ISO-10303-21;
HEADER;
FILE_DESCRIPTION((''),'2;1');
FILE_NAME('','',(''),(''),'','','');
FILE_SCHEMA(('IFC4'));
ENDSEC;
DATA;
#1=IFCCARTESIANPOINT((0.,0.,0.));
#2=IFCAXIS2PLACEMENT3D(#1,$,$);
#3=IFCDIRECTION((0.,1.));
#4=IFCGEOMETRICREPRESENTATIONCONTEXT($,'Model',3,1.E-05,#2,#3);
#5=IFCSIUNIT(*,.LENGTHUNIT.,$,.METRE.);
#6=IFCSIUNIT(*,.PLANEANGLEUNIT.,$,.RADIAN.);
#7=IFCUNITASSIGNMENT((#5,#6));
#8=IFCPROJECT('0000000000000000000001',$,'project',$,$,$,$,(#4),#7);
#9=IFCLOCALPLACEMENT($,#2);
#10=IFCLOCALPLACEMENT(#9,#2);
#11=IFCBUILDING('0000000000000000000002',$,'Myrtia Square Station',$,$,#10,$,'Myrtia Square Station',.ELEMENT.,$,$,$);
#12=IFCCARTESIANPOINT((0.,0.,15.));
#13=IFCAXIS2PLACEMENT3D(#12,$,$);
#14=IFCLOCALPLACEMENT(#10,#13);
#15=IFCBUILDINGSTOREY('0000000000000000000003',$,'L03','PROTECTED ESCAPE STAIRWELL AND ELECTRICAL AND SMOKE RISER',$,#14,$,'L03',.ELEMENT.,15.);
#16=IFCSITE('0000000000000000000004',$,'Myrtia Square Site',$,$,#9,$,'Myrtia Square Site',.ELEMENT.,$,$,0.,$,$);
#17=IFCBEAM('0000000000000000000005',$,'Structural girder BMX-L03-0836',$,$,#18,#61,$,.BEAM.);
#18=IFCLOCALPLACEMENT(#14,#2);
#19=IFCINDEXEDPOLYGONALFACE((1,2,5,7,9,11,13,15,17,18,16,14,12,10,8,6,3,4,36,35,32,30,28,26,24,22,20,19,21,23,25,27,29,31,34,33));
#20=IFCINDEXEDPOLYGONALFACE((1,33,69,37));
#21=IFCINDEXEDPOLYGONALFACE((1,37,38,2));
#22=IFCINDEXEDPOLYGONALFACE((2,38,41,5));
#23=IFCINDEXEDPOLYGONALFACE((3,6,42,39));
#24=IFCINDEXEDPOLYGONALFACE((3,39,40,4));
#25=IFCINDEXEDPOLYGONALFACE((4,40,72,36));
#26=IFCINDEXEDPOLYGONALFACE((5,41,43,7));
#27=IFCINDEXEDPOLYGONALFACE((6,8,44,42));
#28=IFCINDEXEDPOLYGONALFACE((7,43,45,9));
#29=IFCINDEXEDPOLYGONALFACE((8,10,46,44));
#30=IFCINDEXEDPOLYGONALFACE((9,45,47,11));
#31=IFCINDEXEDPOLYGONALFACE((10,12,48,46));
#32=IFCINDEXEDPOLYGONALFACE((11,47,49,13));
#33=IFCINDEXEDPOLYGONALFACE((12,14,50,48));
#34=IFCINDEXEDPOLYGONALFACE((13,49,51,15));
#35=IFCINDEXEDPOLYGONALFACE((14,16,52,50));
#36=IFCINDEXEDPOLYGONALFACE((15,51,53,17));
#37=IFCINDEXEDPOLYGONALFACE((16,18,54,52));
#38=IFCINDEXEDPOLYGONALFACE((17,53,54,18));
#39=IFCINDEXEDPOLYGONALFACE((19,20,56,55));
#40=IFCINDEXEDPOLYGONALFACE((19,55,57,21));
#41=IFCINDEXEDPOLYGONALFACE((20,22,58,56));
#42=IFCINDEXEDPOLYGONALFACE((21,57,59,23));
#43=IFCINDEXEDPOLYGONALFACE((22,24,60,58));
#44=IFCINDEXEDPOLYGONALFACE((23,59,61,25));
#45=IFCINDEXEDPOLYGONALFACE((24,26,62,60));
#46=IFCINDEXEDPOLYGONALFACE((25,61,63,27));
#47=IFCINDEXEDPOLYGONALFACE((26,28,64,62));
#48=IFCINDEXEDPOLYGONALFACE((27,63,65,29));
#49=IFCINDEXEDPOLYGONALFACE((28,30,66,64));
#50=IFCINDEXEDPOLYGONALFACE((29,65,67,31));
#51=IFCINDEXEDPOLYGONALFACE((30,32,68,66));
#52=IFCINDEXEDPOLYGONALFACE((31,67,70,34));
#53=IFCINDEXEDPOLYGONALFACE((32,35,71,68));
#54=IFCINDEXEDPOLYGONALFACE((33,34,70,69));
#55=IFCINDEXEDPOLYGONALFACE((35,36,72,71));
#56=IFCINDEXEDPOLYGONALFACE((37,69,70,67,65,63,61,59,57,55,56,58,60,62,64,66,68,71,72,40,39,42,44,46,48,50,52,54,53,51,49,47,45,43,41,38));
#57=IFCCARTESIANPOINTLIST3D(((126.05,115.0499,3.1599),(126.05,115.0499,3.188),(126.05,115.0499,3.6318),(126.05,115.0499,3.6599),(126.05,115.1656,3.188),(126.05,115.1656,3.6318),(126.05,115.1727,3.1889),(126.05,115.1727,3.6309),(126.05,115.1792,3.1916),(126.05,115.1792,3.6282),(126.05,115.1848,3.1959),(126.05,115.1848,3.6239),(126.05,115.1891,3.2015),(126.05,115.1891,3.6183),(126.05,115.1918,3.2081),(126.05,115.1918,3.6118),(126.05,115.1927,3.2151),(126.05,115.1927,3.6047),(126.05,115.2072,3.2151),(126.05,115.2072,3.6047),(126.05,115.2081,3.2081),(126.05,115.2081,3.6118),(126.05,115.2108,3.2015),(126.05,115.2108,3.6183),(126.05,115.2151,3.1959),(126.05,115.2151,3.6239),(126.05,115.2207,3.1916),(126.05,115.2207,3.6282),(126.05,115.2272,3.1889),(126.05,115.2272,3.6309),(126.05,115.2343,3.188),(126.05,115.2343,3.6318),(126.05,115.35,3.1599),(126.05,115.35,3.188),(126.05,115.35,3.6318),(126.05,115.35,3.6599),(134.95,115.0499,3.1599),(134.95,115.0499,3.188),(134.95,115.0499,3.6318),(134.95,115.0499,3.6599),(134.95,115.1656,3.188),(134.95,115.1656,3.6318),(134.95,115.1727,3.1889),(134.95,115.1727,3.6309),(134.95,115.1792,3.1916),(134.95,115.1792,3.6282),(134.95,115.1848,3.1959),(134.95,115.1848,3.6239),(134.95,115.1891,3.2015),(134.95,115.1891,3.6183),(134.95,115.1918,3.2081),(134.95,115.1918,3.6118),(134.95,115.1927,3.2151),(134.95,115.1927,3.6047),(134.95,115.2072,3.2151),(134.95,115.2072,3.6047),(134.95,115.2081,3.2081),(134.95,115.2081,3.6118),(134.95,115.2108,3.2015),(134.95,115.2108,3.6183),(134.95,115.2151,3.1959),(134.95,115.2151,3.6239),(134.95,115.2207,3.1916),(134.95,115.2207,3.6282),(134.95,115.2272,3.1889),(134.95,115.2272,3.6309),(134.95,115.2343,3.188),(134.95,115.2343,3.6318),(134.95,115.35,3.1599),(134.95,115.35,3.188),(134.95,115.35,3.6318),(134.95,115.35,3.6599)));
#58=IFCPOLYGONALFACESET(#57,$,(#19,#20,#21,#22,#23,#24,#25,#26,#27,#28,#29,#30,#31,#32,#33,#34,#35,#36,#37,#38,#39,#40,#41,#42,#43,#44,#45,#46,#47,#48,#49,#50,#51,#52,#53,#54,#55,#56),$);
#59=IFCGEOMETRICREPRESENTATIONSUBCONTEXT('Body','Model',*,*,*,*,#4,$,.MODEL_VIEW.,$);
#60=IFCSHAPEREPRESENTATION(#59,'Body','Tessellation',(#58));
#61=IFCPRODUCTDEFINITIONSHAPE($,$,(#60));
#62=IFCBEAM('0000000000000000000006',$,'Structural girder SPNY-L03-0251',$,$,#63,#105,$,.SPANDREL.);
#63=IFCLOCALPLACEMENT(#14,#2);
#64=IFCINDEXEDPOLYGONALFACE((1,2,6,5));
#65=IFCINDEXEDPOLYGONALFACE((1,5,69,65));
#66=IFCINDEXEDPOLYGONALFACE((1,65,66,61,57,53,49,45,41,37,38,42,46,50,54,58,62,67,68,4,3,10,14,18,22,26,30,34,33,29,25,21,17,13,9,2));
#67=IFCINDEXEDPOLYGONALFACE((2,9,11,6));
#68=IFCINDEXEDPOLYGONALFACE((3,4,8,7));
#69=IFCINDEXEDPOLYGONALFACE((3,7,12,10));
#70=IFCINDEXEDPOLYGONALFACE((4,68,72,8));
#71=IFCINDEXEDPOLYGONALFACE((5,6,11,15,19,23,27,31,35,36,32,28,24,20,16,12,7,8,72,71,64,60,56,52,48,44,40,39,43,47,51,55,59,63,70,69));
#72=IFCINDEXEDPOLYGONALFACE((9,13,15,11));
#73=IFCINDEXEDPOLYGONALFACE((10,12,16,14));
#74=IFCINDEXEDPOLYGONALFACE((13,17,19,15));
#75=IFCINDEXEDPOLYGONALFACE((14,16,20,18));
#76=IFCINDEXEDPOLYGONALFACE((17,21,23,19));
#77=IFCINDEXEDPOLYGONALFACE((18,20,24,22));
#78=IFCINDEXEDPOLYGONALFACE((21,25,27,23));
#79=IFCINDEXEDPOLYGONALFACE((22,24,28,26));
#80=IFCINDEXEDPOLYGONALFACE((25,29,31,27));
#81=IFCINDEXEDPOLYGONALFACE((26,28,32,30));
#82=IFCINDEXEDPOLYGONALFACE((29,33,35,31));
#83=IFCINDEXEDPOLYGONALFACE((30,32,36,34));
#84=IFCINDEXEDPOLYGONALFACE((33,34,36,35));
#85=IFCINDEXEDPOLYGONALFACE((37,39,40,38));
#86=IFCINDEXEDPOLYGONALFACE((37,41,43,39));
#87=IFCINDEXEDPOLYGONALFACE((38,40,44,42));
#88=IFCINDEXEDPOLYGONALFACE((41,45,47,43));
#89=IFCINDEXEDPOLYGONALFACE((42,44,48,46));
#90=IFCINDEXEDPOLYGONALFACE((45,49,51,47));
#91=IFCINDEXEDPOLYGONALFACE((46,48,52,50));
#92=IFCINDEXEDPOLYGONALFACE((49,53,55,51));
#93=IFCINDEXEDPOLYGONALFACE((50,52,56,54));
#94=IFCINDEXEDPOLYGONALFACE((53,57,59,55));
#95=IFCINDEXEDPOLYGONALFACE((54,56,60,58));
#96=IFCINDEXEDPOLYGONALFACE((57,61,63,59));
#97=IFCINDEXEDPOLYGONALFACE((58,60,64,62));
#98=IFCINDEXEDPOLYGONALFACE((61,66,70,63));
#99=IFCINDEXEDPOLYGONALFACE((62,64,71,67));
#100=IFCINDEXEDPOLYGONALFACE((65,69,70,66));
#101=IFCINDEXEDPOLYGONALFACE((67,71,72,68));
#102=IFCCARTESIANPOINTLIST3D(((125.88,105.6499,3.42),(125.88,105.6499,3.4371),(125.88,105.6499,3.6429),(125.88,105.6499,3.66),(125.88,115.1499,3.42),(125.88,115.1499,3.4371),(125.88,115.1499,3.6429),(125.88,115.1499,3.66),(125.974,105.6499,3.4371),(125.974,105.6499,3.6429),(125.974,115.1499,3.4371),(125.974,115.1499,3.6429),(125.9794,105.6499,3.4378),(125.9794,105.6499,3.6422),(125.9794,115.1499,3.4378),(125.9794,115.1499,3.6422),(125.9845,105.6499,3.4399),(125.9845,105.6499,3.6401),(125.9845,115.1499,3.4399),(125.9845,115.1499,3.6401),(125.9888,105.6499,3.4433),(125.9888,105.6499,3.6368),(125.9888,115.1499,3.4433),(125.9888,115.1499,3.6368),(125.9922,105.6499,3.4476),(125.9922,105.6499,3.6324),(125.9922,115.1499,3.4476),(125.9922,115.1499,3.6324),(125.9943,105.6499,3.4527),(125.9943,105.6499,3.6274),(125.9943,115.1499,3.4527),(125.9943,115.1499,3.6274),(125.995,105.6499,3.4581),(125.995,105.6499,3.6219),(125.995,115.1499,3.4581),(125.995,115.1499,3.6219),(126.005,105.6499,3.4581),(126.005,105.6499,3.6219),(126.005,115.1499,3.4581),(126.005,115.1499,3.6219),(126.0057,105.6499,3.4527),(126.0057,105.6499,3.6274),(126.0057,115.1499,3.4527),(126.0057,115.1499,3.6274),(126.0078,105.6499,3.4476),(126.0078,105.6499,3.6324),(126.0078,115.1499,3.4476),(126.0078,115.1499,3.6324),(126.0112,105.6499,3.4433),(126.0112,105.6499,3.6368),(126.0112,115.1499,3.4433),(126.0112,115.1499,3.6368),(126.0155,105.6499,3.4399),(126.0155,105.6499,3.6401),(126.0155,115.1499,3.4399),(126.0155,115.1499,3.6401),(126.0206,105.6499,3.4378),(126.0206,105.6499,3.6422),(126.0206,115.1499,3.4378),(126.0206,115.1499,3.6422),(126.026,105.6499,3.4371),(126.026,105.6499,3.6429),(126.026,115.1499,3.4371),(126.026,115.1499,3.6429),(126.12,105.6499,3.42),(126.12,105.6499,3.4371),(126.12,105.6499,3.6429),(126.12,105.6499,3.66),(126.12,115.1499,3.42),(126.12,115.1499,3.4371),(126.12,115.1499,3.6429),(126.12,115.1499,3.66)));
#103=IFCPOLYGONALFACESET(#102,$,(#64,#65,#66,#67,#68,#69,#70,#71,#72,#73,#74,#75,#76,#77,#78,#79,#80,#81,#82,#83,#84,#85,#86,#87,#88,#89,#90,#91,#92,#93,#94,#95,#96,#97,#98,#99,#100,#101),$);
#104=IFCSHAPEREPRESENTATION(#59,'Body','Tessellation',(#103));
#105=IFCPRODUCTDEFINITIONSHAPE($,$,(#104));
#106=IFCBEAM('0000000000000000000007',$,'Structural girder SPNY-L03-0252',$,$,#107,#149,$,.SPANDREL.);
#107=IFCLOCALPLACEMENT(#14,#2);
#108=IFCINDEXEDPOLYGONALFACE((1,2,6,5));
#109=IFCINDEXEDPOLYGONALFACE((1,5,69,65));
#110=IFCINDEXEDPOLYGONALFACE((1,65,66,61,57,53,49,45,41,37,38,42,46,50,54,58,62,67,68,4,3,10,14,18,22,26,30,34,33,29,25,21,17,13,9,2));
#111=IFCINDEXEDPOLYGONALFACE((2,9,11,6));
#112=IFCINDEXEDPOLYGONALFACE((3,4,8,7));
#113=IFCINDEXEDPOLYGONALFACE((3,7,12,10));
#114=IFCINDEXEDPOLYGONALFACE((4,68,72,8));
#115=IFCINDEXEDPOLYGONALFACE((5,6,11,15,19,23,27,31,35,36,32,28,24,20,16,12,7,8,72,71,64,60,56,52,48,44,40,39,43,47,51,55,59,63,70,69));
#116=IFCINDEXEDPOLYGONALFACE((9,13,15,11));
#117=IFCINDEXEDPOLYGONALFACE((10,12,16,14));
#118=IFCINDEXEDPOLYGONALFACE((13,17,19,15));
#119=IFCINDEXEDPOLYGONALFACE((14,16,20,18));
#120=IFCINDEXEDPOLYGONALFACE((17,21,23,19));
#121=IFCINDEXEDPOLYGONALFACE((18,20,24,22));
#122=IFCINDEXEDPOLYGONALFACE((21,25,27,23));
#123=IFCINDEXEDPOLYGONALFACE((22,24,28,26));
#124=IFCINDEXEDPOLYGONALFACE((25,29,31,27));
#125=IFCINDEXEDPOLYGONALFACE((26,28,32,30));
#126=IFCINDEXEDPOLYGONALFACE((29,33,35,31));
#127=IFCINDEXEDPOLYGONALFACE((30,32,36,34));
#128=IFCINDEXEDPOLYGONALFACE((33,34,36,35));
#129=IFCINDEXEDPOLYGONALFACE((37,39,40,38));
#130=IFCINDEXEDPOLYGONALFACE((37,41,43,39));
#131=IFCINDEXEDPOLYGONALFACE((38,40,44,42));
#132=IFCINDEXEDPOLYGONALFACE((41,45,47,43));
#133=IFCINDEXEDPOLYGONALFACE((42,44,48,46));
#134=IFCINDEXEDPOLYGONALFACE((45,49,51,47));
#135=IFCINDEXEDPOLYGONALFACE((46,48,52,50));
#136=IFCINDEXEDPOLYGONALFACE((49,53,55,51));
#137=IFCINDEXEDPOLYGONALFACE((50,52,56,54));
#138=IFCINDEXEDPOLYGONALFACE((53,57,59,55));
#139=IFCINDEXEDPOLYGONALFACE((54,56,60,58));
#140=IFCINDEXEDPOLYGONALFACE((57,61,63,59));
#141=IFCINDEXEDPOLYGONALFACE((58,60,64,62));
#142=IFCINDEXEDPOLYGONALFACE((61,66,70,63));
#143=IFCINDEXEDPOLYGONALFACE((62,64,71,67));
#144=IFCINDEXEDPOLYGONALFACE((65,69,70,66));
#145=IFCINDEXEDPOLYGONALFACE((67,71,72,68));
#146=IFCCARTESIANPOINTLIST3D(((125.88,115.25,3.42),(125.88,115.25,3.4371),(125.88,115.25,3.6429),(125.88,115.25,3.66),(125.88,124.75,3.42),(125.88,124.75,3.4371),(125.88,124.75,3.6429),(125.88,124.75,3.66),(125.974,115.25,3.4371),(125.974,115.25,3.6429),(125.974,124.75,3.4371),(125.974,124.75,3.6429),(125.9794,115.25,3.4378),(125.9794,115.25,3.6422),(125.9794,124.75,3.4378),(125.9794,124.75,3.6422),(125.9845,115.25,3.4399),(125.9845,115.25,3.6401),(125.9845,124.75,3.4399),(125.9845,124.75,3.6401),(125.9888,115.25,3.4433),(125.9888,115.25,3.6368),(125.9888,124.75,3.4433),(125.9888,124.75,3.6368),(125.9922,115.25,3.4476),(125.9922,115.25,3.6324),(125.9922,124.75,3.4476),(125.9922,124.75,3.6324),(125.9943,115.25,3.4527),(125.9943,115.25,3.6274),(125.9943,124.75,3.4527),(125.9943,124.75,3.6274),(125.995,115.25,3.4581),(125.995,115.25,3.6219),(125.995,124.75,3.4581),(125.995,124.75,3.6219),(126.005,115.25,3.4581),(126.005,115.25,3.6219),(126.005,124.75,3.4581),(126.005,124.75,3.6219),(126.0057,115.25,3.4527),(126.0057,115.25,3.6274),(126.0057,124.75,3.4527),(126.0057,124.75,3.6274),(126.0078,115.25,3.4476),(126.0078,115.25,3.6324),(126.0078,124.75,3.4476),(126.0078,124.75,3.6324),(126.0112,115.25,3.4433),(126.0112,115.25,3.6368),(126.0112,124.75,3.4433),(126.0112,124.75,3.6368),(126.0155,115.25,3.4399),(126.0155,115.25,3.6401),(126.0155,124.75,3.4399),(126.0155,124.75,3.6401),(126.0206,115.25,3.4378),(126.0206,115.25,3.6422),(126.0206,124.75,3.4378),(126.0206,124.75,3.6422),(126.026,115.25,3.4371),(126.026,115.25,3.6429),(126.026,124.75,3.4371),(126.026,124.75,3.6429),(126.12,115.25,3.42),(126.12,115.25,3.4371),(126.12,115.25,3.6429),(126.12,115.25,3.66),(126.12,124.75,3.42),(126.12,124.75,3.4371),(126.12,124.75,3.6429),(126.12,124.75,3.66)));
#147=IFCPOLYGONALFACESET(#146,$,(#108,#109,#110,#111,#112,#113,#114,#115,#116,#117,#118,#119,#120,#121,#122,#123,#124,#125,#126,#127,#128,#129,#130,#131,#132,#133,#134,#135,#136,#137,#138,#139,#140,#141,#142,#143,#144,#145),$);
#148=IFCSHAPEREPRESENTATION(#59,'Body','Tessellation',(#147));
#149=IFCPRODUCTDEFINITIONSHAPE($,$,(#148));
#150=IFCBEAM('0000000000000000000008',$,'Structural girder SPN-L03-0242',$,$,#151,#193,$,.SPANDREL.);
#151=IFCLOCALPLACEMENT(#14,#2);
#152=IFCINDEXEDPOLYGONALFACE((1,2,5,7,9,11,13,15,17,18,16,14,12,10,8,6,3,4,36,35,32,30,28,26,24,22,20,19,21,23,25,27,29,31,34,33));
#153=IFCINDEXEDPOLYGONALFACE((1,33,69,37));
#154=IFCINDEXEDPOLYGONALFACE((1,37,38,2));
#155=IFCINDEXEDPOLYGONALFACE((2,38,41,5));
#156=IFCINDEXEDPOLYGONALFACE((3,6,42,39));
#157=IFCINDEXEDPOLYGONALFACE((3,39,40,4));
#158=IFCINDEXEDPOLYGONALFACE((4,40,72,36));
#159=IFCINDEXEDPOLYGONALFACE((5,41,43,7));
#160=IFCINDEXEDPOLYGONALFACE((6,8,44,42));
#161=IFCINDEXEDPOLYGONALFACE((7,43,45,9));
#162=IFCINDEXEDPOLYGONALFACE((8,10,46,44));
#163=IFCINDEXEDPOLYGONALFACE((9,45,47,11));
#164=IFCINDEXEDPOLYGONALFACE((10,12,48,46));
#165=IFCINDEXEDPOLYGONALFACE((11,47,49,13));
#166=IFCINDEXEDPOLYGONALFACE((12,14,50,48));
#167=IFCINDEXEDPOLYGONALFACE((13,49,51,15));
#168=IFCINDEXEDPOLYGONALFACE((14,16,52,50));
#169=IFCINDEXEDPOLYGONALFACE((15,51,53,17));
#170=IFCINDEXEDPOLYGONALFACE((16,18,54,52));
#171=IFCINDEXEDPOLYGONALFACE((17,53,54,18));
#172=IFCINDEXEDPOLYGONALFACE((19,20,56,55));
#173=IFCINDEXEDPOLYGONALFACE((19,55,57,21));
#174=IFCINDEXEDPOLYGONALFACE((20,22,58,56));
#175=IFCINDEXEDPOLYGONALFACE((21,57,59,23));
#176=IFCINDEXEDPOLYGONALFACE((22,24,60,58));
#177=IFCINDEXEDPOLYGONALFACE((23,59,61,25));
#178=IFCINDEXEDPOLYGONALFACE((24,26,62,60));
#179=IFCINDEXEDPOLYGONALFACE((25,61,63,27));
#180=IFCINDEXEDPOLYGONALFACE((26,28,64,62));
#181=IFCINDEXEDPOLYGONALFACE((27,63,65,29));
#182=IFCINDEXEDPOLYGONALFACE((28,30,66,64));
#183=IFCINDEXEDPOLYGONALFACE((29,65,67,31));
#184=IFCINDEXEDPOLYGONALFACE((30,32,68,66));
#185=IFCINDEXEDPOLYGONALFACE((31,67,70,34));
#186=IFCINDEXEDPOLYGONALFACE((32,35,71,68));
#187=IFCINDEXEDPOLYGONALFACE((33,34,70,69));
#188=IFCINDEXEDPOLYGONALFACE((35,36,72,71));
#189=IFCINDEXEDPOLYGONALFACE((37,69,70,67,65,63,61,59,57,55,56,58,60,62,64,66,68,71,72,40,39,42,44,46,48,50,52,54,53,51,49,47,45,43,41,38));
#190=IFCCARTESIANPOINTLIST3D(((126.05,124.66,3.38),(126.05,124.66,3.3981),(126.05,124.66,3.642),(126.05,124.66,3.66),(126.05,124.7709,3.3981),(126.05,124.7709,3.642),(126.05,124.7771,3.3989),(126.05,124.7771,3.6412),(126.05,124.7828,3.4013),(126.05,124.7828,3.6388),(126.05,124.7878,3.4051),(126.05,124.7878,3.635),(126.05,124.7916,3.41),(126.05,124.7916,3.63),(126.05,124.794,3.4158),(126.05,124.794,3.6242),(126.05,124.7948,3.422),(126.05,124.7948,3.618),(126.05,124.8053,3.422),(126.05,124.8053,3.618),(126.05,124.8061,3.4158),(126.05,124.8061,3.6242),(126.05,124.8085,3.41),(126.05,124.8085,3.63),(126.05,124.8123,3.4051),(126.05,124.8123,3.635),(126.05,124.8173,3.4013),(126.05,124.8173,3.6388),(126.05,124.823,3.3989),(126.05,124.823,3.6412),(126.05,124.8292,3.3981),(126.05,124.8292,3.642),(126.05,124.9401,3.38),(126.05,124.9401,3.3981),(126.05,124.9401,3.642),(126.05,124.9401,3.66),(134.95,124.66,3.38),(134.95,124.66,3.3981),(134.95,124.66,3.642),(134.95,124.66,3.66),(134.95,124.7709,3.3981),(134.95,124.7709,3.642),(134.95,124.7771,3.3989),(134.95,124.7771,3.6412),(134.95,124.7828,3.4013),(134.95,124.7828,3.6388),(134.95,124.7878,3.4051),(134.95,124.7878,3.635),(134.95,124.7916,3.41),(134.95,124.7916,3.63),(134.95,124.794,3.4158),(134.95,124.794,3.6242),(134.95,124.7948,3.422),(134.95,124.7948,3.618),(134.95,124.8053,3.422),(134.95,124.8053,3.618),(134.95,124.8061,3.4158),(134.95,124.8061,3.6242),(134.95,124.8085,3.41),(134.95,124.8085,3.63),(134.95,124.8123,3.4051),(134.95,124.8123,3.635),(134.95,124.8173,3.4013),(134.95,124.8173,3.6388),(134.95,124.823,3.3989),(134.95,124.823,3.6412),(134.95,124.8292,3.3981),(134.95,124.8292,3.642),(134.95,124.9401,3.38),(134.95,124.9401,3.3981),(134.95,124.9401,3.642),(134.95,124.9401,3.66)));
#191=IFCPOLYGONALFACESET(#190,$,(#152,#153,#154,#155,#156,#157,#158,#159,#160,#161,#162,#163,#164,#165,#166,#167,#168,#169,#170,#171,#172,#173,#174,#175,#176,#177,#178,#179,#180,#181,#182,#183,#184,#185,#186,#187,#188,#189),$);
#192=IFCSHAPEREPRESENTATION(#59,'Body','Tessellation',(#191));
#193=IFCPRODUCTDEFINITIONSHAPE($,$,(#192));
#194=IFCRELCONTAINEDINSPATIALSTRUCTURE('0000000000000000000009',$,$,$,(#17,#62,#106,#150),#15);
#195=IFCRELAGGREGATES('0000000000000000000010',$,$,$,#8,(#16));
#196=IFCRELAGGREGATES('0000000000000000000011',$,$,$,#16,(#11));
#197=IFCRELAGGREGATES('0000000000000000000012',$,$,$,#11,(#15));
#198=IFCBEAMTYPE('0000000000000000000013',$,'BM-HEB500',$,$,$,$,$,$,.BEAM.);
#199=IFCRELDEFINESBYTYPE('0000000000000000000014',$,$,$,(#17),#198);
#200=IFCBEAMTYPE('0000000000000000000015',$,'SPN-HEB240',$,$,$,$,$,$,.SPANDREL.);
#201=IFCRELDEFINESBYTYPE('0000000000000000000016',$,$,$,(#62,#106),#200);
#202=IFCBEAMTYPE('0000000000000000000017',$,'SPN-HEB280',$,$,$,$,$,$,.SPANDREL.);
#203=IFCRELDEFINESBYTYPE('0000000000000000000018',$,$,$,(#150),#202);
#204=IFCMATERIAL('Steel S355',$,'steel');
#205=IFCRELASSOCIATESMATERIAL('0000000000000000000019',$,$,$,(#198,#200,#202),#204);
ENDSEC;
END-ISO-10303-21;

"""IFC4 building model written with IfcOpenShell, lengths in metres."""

from ifc_helpers import new_model, si_unit, direction, frame, origin, origin_2d, place, context, subcontext, project, spatial, i_section, extrude, material, material_profile, profile_set, type_object, element, save


model = new_model("IFC4")

# Units and contexts
model_context = context("Model", 3, precision=1e-05, world=origin(), true_north=direction((0.0, 1.0)))
body_context = subcontext(model_context, "Body", "Model", "MODEL_VIEW")
ifc_project = project(units=[si_unit("LENGTHUNIT", "METRE"), si_unit("PLANEANGLEUNIT", "RADIAN")], contexts=[model_context])

# Site, building, storey
site_placement = place(None, origin())
site = spatial("IfcSite", under=ifc_project, at=site_placement, Name="Myrtia Square Site", LongName="Myrtia Square Site", CompositionType="ELEMENT", RefElevation=0.0)
building_placement = place(site_placement, origin())
building = spatial("IfcBuilding", under=site, at=building_placement, Name="Myrtia Square Station", LongName="Myrtia Square Station", CompositionType="ELEMENT")
storey_placement = place(building_placement, frame((0.0, 0.0, 15.0)))
storey = spatial("IfcBuildingStorey", under=building, at=storey_placement, Name="L03", Description="PROTECTED ESCAPE STAIRWELL AND ELECTRICAL AND SMOKE RISER", LongName="L03", CompositionType="ELEMENT", Elevation=15.0)

# Shared definitions
ifc_material_1 = material(Name="Steel S355", Category="steel")

# Beams
ifc_material_profile_1 = material_profile(ifc_material_1, i_section(OverallWidth=0.3, OverallDepth=0.5, WebThickness=0.0144, FlangeThickness=0.0281, FilletRadius=0.0271, at=origin_2d()), Name="HEB 500")
ifc_profile_set_1 = profile_set([ifc_material_profile_1], Name="Steel S355")
beam_type_1 = type_object("IfcBeamType", Name="BM-HEB500", PredefinedType="BEAM", material=ifc_profile_set_1)
beam_1_placement = place(storey_placement, frame((126.05, 115.2, 3.4099), z_axis=(1.0, 0.0, 0.0), x_axis=(0.0, 1.0, 0.0)))
element("IfcBeam", 1, at=beam_1_placement, inside=storey, type_object=beam_type_1, Name="Structural girder BMX-L03-0836", PredefinedType="BEAM", context=body_context, shape_type="SweptSolid", body=[
    extrude(i_section(OverallWidth=0.3, OverallDepth=0.5, WebThickness=0.0144, FlangeThickness=0.0281, FilletRadius=0.0271, at=origin_2d()), origin(), (0.0, 0.0, 1.0), 8.8999),
])
ifc_material_profile_2 = material_profile(ifc_material_1, i_section(OverallWidth=0.24, OverallDepth=0.24, WebThickness=0.01, FlangeThickness=0.0171, FilletRadius=0.021, at=origin_2d()), Name="HEB 240")
ifc_profile_set_2 = profile_set([ifc_material_profile_2], Name="Steel S355")
beam_type_2 = type_object("IfcBeamType", Name="SPN-HEB240", PredefinedType="SPANDREL", material=ifc_profile_set_2)
for number, where, z_axis, x_axis, name in (
    (2, (126.0, 105.6499, 3.54), (0.0, 1.0, 0.0), (-1.0, 0.0, 0.0), "Structural girder SPNY-L03-0251"),
    (3, (126.0, 115.25, 3.54), (0.0, 1.0, 0.0), (-1.0, 0.0, 0.0), "Structural girder SPNY-L03-0252"),
):
    element("IfcBeam", number, at=place(storey_placement, frame(where, z_axis=z_axis, x_axis=x_axis)), inside=storey, type_object=beam_type_2, Name=name, PredefinedType="SPANDREL", context=body_context, shape_type="SweptSolid", body=[
        extrude(i_section(OverallWidth=0.24, OverallDepth=0.24, WebThickness=0.01, FlangeThickness=0.0171, FilletRadius=0.021, at=origin_2d()), origin(), (0.0, 0.0, 1.0), 9.5),
    ])
ifc_material_profile_3 = material_profile(ifc_material_1, i_section(OverallWidth=0.28, OverallDepth=0.28, WebThickness=0.0105, FlangeThickness=0.0181, FilletRadius=0.0239, at=origin_2d()), Name="HEB 280")
ifc_profile_set_3 = profile_set([ifc_material_profile_3], Name="Steel S355")
beam_type_3 = type_object("IfcBeamType", Name="SPN-HEB280", PredefinedType="SPANDREL", material=ifc_profile_set_3)
beam_2_placement = place(storey_placement, frame((126.05, 124.8, 3.52), z_axis=(1.0, 0.0, 0.0), x_axis=(0.0, 1.0, 0.0)))
element("IfcBeam", 4, at=beam_2_placement, inside=storey, type_object=beam_type_3, Name="Structural girder SPN-L03-0242", PredefinedType="SPANDREL", context=body_context, shape_type="SweptSolid", body=[
    extrude(i_section(OverallWidth=0.28, OverallDepth=0.28, WebThickness=0.0105, FlangeThickness=0.0181, FilletRadius=0.0239, at=origin_2d()), origin(), (0.0, 0.0, 1.0), 8.8999),
])

save(model, "model.ifc")
